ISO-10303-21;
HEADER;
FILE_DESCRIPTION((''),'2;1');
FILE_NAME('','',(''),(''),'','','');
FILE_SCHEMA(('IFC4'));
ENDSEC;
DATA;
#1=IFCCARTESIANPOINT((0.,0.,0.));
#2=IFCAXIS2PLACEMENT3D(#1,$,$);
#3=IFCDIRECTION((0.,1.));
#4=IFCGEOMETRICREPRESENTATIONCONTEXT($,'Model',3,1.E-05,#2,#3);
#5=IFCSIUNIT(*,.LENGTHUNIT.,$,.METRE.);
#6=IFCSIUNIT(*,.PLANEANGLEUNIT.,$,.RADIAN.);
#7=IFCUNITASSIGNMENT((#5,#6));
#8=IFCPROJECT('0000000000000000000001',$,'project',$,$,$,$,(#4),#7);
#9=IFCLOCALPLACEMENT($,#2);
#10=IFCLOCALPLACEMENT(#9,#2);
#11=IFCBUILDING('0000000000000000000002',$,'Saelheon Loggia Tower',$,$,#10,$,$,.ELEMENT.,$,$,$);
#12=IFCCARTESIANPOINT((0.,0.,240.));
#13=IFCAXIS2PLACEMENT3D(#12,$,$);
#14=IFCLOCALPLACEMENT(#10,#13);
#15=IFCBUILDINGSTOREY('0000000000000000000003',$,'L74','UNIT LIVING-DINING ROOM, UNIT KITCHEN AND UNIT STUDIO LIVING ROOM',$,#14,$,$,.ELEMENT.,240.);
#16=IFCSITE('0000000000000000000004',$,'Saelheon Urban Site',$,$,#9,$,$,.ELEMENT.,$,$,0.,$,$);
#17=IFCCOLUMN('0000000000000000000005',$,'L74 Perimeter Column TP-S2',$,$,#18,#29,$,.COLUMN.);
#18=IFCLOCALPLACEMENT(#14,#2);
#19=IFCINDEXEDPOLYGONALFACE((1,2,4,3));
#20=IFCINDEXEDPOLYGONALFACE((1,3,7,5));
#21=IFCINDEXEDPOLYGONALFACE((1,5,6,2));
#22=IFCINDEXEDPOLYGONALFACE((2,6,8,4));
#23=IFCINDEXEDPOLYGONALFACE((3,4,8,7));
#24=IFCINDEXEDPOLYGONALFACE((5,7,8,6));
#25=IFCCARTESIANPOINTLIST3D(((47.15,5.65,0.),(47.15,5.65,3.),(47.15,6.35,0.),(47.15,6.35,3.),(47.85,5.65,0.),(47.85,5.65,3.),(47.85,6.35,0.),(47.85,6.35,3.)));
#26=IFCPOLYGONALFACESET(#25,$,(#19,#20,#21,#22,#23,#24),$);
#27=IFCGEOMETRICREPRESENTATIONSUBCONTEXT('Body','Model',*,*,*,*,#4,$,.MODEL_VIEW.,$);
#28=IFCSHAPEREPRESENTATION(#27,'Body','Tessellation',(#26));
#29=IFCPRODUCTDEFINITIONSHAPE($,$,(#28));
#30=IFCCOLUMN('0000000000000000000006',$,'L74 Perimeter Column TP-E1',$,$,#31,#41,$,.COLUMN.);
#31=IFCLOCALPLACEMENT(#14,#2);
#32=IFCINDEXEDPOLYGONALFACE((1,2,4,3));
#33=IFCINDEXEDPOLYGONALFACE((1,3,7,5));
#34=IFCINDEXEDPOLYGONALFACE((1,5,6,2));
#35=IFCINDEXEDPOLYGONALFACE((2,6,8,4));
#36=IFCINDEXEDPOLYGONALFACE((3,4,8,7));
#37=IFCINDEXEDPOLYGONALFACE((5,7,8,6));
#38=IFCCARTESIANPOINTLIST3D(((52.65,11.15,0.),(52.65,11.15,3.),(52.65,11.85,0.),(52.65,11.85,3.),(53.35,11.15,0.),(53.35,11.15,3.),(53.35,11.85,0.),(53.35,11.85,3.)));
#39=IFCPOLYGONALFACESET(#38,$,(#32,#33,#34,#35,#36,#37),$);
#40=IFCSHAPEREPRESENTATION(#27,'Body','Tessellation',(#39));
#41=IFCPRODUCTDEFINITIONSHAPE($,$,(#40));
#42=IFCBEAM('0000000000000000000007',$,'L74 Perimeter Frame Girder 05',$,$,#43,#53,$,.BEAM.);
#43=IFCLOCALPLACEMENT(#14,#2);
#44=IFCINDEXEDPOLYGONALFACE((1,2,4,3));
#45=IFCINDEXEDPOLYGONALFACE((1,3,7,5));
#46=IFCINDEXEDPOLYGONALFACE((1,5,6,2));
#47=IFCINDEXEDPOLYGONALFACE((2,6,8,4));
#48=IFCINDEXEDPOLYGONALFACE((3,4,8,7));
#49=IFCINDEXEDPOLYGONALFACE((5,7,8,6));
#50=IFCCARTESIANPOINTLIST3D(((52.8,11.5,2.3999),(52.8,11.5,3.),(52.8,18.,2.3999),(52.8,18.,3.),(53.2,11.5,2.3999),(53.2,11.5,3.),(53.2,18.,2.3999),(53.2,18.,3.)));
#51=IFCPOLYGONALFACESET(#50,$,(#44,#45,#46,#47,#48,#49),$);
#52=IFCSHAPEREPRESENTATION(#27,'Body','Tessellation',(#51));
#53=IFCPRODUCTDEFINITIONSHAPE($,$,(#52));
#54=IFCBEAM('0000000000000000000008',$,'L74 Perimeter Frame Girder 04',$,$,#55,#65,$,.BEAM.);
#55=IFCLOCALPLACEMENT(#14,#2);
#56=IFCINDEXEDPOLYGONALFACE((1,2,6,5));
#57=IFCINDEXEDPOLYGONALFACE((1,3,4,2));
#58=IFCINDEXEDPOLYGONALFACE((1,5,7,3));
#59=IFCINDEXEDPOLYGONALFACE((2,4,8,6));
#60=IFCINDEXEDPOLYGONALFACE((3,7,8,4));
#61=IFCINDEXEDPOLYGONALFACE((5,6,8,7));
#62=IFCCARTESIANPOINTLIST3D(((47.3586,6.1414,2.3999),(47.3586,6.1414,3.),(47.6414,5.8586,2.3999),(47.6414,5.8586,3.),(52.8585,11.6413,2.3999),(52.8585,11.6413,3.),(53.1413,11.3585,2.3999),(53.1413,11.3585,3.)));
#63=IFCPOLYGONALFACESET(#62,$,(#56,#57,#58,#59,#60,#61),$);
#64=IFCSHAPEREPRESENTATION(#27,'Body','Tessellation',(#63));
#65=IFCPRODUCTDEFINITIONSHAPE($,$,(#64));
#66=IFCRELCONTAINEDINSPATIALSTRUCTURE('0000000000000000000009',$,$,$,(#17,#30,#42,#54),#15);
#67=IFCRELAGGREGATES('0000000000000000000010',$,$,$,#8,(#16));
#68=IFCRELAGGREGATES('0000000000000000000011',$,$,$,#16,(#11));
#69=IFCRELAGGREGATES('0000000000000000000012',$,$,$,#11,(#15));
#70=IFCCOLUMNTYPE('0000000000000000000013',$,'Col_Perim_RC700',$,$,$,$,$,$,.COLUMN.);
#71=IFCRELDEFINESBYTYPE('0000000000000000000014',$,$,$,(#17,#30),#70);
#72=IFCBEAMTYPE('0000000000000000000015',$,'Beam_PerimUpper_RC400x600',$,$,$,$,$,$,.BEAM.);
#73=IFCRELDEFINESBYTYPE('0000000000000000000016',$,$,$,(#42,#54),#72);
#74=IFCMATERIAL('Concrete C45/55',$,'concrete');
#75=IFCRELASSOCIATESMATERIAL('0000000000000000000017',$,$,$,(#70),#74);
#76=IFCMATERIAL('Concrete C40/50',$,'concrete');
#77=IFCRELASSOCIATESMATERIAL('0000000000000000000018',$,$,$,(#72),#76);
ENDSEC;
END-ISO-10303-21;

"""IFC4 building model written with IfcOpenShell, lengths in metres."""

from ifc_helpers import new_model, si_unit, direction, frame, origin, origin_2d, place, context, subcontext, project, spatial, rectangle, extrude, source, transform, mapped, material, material_profile, profile_set, type_object, element, save


model = new_model("IFC4")

# Units and contexts
model_context = context("Model", 3, precision=1e-05, world=origin(), true_north=direction((0.0, 1.0)))
body_context = subcontext(model_context, "Body", "Model", "MODEL_VIEW")
ifc_project = project(units=[si_unit("LENGTHUNIT", "METRE"), si_unit("PLANEANGLEUNIT", "RADIAN")], contexts=[model_context])

# Site, building, storey
site_placement = place(None, origin())
site = spatial("IfcSite", under=ifc_project, at=site_placement, Name="Saelheon Urban Site", CompositionType="ELEMENT", RefElevation=0.0)
building_placement = place(site_placement, origin())
building = spatial("IfcBuilding", under=site, at=building_placement, Name="Saelheon Loggia Tower", CompositionType="ELEMENT")
storey_placement = place(building_placement, frame((0.0, 0.0, 240.0)))
storey = spatial("IfcBuildingStorey", under=building, at=storey_placement, Name="L74", Description="UNIT LIVING-DINING ROOM, UNIT KITCHEN AND UNIT STUDIO LIVING ROOM", CompositionType="ELEMENT", Elevation=240.0)

# Columns
ifc_material_1 = material(Name="Concrete C45/55", Category="concrete")
ifc_material_profile_1 = material_profile(ifc_material_1, rectangle(XDim=0.7, YDim=0.7, at=origin_2d()), Name="RC-700x700")
ifc_profile_set_1 = profile_set([ifc_material_profile_1], Name="Concrete C45/55")
column_type = type_object("IfcColumnType", Name="Col_Perim_RC700", PredefinedType="COLUMN", material=ifc_profile_set_1)
shared_shape_1 = source(origin(), body_context, "Body", "SweptSolid", [
    extrude(rectangle(XDim=0.7, YDim=0.7, at=origin_2d()), origin(), (0.0, 0.0, 1.0), 3.0),
])
for number, where, z_axis, x_axis, name in (
    (1, (47.5, 6.0, 0.0), (0.0, 0.0, 1.0), (1.0, 0.0, 0.0), "L74 Perimeter Column TP-S2"),
    (2, (53.0, 11.5, 0.0), (0.0, 0.0, 1.0), (1.0, 0.0, 0.0), "L74 Perimeter Column TP-E1"),
):
    element("IfcColumn", number, at=place(storey_placement, frame(where, z_axis=z_axis, x_axis=x_axis)), inside=storey, type_object=column_type, Name=name, PredefinedType="COLUMN", context=body_context, shape_type="MappedRepresentation", body=[
        mapped(shared_shape_1, transform((0.0, 0.0, 0.0), scale=1.0)),
    ])

# Beams
ifc_material_2 = material(Name="Concrete C40/50", Category="concrete")
ifc_material_profile_2 = material_profile(ifc_material_2, rectangle(XDim=0.3999, YDim=0.6001, at=origin_2d()), Name="RC-400x600")
ifc_profile_set_2 = profile_set([ifc_material_profile_2], Name="Concrete C40/50")
beam_type = type_object("IfcBeamType", Name="Beam_PerimUpper_RC400x600", PredefinedType="BEAM", material=ifc_profile_set_2)
shared_shape_2 = source(origin(), body_context, "Body", "SweptSolid", [
    extrude(rectangle(XDim=0.3999, YDim=0.6001, at=origin_2d()), origin(), (0.0, 0.0, 1.0), 6.5),
])
beam_1_placement = place(storey_placement, frame((53.0, 11.5, 2.7), z_axis=(0.0, 1.0, 0.0), x_axis=(-1.0, 0.0, 0.0)))
element("IfcBeam", 3, at=beam_1_placement, inside=storey, type_object=beam_type, Name="L74 Perimeter Frame Girder 05", PredefinedType="BEAM", context=body_context, shape_type="MappedRepresentation", body=[
    mapped(shared_shape_2, transform((0.0, 0.0, 0.0), scale=1.0)),
])
shared_shape_3 = source(origin(), body_context, "Body", "SweptSolid", [
    extrude(rectangle(XDim=0.3999, YDim=0.6001, at=origin_2d()), origin(), (0.0, 0.0, 1.0), 7.7781),
])
beam_2_placement = place(storey_placement, frame((47.5, 6.0, 2.7), z_axis=(0.707107, 0.707107, 0.0), x_axis=(-0.707107, 0.707107, 0.0)))
element("IfcBeam", 4, at=beam_2_placement, inside=storey, type_object=beam_type, Name="L74 Perimeter Frame Girder 04", PredefinedType="BEAM", context=body_context, shape_type="MappedRepresentation", body=[
    mapped(shared_shape_3, transform((0.0, 0.0, 0.0), scale=1.0)),
])

save(model, "model.ifc")
